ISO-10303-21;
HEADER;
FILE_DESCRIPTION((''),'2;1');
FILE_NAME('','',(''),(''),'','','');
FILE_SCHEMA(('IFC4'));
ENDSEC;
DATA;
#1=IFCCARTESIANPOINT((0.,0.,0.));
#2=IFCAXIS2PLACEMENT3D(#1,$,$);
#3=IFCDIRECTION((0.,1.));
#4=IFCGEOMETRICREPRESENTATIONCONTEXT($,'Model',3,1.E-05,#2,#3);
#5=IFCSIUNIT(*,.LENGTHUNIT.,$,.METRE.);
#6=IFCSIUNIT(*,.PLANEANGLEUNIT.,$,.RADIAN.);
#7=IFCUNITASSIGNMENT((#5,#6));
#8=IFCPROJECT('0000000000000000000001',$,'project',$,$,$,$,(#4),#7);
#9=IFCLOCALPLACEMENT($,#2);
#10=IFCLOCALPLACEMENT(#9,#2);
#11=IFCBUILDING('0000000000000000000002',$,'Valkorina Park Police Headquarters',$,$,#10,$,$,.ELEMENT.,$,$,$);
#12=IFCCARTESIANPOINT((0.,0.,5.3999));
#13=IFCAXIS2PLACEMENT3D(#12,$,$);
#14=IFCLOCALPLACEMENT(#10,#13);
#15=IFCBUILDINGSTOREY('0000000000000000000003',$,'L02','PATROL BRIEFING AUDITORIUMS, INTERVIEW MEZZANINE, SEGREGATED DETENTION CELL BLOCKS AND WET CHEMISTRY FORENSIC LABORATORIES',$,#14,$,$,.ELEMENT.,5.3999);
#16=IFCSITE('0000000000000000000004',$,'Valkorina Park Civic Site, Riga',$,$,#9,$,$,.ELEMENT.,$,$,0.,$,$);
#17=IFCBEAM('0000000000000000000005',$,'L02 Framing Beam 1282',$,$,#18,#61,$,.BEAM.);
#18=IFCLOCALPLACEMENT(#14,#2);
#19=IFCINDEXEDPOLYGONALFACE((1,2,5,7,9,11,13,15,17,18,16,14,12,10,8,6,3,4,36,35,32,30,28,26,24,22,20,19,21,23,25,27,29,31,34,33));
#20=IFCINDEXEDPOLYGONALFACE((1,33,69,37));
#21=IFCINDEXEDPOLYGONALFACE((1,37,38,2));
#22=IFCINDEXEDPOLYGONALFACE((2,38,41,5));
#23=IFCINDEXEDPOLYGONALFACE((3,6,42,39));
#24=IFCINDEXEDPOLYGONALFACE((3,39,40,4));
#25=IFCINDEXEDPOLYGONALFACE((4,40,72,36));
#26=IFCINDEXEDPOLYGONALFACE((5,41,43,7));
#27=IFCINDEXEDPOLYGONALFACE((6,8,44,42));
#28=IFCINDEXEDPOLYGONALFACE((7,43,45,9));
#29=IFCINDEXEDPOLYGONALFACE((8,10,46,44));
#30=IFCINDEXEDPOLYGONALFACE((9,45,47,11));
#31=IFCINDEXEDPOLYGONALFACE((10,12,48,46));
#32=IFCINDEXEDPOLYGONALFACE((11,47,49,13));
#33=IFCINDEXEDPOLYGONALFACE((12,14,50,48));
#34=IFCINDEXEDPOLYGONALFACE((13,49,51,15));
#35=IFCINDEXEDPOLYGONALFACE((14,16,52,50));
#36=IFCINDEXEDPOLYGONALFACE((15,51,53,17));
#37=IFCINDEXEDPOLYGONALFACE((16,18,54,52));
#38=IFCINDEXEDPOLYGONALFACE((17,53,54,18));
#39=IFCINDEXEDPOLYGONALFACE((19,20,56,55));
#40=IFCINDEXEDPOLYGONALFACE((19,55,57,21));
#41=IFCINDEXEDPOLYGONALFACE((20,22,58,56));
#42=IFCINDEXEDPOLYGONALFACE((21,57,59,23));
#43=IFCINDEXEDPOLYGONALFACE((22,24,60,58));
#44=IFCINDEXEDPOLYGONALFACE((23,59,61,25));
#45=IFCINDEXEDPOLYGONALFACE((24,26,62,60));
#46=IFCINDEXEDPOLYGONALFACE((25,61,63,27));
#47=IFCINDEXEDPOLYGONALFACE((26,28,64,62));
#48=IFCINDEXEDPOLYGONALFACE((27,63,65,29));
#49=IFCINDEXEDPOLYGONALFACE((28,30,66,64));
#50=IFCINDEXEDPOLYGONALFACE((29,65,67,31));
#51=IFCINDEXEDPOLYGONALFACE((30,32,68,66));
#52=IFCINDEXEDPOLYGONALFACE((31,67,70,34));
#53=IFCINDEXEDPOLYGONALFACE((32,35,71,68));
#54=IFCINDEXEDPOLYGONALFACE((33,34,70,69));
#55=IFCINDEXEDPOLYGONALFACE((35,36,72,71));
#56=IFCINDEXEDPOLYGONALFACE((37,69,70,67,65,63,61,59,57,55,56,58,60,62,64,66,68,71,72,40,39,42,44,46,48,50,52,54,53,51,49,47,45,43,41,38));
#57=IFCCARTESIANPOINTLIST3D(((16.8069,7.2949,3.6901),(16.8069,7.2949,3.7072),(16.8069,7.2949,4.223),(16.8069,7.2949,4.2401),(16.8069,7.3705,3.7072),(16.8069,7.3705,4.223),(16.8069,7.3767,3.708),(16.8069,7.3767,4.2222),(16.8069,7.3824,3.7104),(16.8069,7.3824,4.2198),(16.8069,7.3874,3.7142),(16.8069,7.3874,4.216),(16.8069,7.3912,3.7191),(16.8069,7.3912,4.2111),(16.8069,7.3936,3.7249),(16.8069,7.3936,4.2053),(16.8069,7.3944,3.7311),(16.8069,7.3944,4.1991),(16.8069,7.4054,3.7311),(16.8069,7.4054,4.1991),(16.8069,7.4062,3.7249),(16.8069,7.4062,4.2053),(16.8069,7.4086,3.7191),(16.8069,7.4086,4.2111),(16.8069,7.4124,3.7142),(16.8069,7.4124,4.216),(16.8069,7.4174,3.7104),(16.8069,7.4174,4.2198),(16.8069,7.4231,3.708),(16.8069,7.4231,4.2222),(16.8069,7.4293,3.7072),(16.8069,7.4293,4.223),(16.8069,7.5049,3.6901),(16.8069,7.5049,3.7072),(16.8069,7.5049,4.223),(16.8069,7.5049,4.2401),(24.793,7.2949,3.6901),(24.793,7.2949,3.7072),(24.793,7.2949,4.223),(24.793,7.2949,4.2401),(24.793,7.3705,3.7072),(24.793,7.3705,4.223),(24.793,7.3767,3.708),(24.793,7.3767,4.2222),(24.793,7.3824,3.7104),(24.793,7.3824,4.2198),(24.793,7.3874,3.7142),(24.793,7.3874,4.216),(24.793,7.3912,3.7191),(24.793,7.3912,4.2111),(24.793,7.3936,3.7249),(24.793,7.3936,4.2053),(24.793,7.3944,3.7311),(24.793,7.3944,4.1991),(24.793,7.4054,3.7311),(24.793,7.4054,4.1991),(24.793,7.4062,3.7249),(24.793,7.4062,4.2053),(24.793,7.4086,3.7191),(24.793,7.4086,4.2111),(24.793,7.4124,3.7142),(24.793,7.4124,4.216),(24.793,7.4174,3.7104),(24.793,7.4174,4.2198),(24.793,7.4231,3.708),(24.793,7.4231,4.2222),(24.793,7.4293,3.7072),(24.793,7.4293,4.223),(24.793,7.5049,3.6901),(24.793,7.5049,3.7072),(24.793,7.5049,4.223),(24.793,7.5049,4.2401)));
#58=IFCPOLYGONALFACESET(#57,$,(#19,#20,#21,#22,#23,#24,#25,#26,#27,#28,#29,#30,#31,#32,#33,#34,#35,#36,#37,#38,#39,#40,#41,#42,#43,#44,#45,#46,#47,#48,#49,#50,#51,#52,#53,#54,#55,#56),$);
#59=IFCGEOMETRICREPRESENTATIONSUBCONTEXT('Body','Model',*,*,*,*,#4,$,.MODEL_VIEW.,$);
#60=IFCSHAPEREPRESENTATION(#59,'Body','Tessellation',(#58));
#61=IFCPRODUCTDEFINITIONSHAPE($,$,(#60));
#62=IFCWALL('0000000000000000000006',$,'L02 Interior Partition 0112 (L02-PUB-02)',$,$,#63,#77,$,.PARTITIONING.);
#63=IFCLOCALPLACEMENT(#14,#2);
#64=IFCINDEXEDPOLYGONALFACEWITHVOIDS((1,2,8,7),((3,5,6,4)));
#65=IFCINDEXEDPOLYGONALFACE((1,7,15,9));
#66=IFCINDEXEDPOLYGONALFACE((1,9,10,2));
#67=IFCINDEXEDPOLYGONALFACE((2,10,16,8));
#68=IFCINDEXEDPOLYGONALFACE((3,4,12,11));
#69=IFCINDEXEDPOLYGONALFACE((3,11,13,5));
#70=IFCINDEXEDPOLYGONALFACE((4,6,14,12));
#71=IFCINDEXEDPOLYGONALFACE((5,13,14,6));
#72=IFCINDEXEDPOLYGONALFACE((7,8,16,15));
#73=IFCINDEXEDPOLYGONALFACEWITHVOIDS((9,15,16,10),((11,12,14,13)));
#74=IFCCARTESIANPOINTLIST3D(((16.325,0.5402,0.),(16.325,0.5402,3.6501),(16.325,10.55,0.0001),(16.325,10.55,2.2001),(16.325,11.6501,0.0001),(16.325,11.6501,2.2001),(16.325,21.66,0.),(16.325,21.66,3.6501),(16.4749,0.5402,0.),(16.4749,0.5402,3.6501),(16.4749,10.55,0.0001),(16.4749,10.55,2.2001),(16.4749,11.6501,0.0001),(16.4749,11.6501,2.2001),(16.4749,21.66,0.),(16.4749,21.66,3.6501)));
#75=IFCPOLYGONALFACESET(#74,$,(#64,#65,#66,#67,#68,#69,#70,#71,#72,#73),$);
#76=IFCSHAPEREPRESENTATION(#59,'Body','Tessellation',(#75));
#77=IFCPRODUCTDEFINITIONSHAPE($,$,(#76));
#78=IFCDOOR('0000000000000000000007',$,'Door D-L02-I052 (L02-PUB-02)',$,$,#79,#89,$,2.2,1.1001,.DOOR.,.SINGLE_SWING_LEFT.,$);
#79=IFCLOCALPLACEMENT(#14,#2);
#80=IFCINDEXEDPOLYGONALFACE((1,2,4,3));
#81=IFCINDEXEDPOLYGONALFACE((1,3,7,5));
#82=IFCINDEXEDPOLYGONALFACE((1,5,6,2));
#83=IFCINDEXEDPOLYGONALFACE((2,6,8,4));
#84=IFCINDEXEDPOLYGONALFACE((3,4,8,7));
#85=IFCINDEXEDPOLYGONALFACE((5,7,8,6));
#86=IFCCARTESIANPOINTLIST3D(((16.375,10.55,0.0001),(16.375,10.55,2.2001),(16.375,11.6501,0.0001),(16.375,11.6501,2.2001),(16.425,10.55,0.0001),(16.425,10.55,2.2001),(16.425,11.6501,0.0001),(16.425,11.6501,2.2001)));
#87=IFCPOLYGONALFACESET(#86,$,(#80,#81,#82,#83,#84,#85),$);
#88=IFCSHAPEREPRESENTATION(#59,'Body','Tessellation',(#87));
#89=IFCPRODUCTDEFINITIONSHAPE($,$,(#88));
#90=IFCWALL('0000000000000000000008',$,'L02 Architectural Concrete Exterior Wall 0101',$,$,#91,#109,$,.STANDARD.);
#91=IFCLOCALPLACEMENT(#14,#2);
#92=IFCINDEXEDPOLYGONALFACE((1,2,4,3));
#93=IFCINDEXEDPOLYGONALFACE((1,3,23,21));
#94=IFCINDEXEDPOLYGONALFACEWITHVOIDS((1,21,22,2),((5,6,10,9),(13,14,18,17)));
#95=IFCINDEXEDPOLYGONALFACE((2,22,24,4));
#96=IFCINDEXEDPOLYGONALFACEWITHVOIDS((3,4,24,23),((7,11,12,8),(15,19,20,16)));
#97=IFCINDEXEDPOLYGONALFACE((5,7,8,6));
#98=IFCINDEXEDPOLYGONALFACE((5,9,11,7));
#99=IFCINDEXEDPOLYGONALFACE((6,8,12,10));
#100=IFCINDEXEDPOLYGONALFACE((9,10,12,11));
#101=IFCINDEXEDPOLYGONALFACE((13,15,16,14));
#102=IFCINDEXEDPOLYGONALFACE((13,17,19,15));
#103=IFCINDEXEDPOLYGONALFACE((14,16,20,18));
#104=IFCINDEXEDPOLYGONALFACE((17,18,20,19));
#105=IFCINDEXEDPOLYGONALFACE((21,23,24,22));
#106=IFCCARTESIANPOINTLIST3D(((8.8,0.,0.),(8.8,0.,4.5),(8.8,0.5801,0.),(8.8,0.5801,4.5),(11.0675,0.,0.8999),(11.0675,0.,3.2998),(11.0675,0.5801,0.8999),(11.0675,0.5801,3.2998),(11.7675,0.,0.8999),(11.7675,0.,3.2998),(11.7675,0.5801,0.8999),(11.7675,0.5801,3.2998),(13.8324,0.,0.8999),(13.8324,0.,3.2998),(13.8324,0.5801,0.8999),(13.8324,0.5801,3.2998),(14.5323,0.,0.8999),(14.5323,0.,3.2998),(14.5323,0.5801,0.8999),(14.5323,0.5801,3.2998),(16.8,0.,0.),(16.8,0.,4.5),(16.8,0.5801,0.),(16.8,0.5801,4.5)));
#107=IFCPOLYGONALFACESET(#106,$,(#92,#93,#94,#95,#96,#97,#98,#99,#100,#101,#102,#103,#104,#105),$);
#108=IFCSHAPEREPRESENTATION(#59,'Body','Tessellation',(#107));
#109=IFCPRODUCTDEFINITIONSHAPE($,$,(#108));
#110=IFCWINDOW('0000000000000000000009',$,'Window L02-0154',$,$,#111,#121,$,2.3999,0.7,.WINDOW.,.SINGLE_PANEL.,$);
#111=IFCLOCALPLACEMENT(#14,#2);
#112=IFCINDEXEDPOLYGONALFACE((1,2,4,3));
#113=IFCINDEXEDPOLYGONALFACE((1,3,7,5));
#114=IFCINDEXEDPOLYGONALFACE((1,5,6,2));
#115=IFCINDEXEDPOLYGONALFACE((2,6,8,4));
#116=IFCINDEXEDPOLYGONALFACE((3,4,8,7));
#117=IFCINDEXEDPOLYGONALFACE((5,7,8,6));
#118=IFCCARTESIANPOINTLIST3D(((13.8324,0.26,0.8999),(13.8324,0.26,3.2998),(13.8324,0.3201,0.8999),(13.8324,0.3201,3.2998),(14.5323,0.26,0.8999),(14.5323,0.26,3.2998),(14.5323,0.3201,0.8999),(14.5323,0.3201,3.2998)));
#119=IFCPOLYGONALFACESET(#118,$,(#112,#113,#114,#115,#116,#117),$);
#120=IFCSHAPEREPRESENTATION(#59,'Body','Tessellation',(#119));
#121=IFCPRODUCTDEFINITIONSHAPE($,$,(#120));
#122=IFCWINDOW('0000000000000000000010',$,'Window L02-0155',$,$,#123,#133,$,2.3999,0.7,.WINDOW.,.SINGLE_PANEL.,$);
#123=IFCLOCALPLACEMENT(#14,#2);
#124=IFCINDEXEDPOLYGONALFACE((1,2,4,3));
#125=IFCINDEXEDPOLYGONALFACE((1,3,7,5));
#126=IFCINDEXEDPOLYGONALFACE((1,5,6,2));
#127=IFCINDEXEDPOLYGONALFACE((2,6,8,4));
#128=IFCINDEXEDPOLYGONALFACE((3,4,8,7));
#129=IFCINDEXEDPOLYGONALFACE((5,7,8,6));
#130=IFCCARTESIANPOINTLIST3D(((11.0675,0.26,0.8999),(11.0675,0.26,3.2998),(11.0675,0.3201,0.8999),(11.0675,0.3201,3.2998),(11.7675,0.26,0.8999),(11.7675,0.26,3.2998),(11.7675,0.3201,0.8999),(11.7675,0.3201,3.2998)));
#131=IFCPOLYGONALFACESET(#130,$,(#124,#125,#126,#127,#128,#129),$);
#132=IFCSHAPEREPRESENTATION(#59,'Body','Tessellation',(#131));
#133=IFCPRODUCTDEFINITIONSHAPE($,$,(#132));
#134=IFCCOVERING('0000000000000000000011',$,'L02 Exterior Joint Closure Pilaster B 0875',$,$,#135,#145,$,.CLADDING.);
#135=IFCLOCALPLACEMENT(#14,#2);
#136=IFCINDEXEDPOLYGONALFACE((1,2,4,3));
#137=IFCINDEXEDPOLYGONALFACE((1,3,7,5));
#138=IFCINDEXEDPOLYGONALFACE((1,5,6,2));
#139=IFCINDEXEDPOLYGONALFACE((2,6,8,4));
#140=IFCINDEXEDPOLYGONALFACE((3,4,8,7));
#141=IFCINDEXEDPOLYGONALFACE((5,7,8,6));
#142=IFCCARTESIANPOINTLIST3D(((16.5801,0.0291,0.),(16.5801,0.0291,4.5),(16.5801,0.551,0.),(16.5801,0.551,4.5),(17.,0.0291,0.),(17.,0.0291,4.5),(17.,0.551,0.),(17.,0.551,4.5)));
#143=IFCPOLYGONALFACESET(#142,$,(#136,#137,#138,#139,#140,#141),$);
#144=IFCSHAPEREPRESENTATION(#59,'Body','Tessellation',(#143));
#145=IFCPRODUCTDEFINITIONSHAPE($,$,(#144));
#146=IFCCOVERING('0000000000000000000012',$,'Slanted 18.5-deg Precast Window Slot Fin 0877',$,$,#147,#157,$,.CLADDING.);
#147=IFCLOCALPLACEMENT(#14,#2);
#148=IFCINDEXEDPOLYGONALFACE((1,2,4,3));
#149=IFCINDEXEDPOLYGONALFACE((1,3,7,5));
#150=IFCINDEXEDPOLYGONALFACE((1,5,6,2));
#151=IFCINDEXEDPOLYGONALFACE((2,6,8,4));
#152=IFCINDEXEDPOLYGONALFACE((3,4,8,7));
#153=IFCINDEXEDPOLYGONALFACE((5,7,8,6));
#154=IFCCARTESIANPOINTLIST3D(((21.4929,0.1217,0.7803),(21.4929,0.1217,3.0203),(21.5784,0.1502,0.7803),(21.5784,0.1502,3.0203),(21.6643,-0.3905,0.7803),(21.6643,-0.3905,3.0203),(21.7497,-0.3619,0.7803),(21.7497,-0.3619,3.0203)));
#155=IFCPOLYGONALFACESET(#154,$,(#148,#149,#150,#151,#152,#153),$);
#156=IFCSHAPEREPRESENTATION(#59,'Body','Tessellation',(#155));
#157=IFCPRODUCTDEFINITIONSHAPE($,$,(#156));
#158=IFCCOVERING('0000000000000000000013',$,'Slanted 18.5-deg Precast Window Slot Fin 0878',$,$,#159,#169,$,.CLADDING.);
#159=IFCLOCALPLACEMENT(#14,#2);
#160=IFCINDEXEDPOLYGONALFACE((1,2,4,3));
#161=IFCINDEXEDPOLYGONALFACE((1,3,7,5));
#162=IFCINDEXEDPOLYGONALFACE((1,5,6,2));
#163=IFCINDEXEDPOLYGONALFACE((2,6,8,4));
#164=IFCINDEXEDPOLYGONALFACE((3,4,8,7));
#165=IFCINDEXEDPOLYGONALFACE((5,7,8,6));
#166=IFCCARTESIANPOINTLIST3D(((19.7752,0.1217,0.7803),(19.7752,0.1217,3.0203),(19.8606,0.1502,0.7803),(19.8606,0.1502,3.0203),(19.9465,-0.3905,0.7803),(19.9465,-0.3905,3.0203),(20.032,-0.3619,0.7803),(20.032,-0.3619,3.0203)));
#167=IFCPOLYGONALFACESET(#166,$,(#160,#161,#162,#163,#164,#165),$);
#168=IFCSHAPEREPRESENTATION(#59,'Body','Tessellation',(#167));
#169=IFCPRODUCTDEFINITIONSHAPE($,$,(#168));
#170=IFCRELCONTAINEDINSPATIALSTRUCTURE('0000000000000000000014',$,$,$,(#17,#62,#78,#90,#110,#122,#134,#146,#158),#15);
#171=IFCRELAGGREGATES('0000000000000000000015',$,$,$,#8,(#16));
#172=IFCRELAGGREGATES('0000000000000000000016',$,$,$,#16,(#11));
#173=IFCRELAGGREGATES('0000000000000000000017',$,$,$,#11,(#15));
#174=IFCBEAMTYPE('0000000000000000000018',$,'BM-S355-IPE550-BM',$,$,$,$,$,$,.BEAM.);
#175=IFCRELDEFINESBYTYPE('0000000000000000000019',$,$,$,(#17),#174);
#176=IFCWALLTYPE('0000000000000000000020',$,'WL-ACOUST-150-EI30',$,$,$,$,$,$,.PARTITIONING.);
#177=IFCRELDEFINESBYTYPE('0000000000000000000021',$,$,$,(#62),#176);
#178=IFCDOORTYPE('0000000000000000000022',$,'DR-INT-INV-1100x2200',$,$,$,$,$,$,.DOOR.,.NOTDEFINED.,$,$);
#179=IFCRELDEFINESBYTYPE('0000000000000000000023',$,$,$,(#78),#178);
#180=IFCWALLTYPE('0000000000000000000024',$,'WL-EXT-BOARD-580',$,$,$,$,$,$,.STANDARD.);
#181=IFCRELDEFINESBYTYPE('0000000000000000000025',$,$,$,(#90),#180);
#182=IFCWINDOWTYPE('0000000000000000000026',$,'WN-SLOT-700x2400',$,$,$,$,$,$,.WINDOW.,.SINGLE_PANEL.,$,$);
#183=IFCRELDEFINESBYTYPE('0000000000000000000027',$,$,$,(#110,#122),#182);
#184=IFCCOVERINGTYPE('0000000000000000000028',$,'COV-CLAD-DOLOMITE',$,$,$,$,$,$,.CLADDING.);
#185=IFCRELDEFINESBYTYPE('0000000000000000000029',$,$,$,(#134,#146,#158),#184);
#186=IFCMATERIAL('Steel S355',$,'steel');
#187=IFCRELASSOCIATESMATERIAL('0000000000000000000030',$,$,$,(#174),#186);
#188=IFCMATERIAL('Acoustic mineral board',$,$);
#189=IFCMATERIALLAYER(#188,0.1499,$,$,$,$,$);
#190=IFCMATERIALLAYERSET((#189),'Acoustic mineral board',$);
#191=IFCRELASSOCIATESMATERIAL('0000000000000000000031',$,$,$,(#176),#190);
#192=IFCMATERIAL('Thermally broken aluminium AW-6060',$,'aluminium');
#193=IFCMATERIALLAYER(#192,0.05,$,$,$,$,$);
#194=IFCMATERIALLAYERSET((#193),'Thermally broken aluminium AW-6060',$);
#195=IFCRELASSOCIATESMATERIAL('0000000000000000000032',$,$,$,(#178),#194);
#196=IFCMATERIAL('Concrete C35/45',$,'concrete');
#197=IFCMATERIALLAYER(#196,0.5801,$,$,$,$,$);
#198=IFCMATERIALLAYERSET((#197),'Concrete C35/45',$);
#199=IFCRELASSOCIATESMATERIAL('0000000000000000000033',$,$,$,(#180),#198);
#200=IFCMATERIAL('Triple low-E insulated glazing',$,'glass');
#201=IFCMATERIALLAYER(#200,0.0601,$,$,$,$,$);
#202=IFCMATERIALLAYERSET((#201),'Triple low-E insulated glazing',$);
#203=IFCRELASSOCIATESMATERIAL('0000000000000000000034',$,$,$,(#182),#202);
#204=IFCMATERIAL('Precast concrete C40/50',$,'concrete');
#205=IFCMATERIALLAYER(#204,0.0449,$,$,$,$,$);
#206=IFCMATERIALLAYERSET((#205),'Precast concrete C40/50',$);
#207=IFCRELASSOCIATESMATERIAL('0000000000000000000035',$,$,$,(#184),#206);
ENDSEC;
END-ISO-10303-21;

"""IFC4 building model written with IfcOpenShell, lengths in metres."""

from ifc_helpers import new_model, si_unit, direction, frame, frame_2d, origin, origin_2d, place, context, subcontext, project, spatial, rectangle, i_section, extrude, material, layer, layer_set, material_profile, profile_set, type_object, element, fill, save


model = new_model("IFC4")

# Units and contexts
model_context = context("Model", 3, precision=1e-05, world=origin(), true_north=direction((0.0, 1.0)))
body_context = subcontext(model_context, "Body", "Model", "MODEL_VIEW")
ifc_project = project(units=[si_unit("LENGTHUNIT", "METRE"), si_unit("PLANEANGLEUNIT", "RADIAN")], contexts=[model_context])

# Site, building, storey
site_placement = place(None, origin())
site = spatial("IfcSite", under=ifc_project, at=site_placement, Name="Valkorina Park Civic Site, Riga", CompositionType="ELEMENT", RefElevation=0.0)
building_placement = place(site_placement, origin())
building = spatial("IfcBuilding", under=site, at=building_placement, Name="Valkorina Park Police Headquarters", CompositionType="ELEMENT")
storey_placement = place(building_placement, frame((0.0, 0.0, 5.3999)))
storey = spatial("IfcBuildingStorey", under=building, at=storey_placement, Name="L02", Description="PATROL BRIEFING AUDITORIUMS, INTERVIEW MEZZANINE, SEGREGATED DETENTION CELL BLOCKS AND WET CHEMISTRY FORENSIC LABORATORIES", CompositionType="ELEMENT", Elevation=5.3999)

# Shared definitions
ifc_material_1 = material(Name="Steel S355", Category="steel")

# Beam
ifc_material_profile_1 = material_profile(ifc_material_1, i_section(OverallWidth=0.21, OverallDepth=0.55, WebThickness=0.011, FlangeThickness=0.0171, FilletRadius=0.0239, at=origin_2d()), Name="IPE 550")
ifc_profile_set_1 = profile_set([ifc_material_profile_1], Name="Steel S355")
beam_type_1 = type_object("IfcBeamType", Name="BM-S355-IPE550-BM", PredefinedType="BEAM", material=ifc_profile_set_1)
beam_1_placement = place(storey_placement, frame((16.8069, 7.3999, 3.9651), z_axis=(1.0, 0.0, 0.0), x_axis=(0.0, 1.0, 0.0)))
element("IfcBeam", 1, at=beam_1_placement, inside=storey, type_object=beam_type_1, Name="L02 Framing Beam 1282", PredefinedType="BEAM", context=body_context, shape_type="SweptSolid", body=[
    extrude(i_section(OverallWidth=0.21, OverallDepth=0.55, WebThickness=0.011, FlangeThickness=0.0171, FilletRadius=0.0239, at=origin_2d()), origin(), (0.0, 0.0, 1.0), 7.9861),
])

# Wall, opening, door
ifc_material_2 = material(Name="Acoustic mineral board")
ifc_layer_1 = layer(ifc_material_2, 0.1499)
ifc_layer_set_1 = layer_set([ifc_layer_1], Name="Acoustic mineral board")
wall_type_1 = type_object("IfcWallType", Name="WL-ACOUST-150-EI30", PredefinedType="PARTITIONING", material=ifc_layer_set_1)
wall_1_placement = place(storey_placement, frame((16.3999, 0.54, 0.0), z_axis=(0.0, 0.0, 1.0), x_axis=(0.0, 1.0, 0.0)))
wall_1 = element("IfcWall", 2, at=wall_1_placement, inside=storey, type_object=wall_type_1, Name="L02 Interior Partition 0112 (L02-PUB-02)", PredefinedType="PARTITIONING", context=body_context, shape_type="SweptSolid", body=[
    extrude(rectangle(XDim=21.1199, YDim=0.1499, at=frame_2d((10.5601, 0.0))), origin(), (0.0, 0.0, 1.0), 3.6501),
])
opening_1_placement = place(wall_1_placement, frame((10.01, 0.0, 0.0)))
opening_1 = element("IfcOpeningElement", 3, at=opening_1_placement, cuts=wall_1, PredefinedType="OPENING", context=body_context, shape_type="SweptSolid", body=[
    extrude(rectangle(XDim=1.1001, YDim=2.2, at=frame_2d((0.55, 1.1001))), frame((0.0, 0.085, 0.0), z_axis=(0.0, -1.0, 0.0), x_axis=(1.0, 0.0, 0.0)), (0.0, 0.0, 1.0), 0.1699),
])
ifc_material_3 = material(Name="Thermally broken aluminium AW-6060", Category="aluminium")
ifc_layer_2 = layer(ifc_material_3, 0.05)
ifc_layer_set_2 = layer_set([ifc_layer_2], Name="Thermally broken aluminium AW-6060")
door_type = type_object("IfcDoorType", Name="DR-INT-INV-1100x2200", OperationType="NOTDEFINED", PredefinedType="DOOR", material=ifc_layer_set_2)
door_placement = place(opening_1_placement, origin())
door = element("IfcDoor", 4, at=door_placement, inside=storey, type_object=door_type, Name="Door D-L02-I052 (L02-PUB-02)", OperationType="SINGLE_SWING_LEFT", OverallHeight=2.2, OverallWidth=1.1001, PredefinedType="DOOR", context=body_context, shape_type="SweptSolid", body=[
    extrude(rectangle(XDim=1.1001, YDim=2.2, at=frame_2d((0.55, 1.1001))), frame((0.0, 0.0249, 0.0), z_axis=(0.0, -1.0, 0.0), x_axis=(1.0, 0.0, 0.0)), (0.0, 0.0, 1.0), 0.05),
])
fill(opening_1, door)

# Wall, openings, windows
ifc_material_4 = material(Name="Concrete C35/45", Category="concrete")
ifc_layer_3 = layer(ifc_material_4, 0.5801)
ifc_layer_set_3 = layer_set([ifc_layer_3], Name="Concrete C35/45")
wall_type_2 = type_object("IfcWallType", Name="WL-EXT-BOARD-580", PredefinedType="STANDARD", material=ifc_layer_set_3)
wall_2_placement = place(storey_placement, frame((16.8, 0.29, 0.0), z_axis=(0.0, 0.0, 1.0), x_axis=(-1.0, 0.0, 0.0)))
wall_2 = element("IfcWall", 5, at=wall_2_placement, inside=storey, type_object=wall_type_2, Name="L02 Architectural Concrete Exterior Wall 0101", PredefinedType="STANDARD", context=body_context, shape_type="SweptSolid", body=[
    extrude(rectangle(XDim=8.0, YDim=0.5801, at=frame_2d((4.0, 0.0))), origin(), (0.0, 0.0, 1.0), 4.5),
])
opening_2_placement = place(wall_2_placement, frame((2.2676, 0.0, 0.8999)))
opening_2 = element("IfcOpeningElement", 6, at=opening_2_placement, cuts=wall_2, PredefinedType="OPENING", context=body_context, shape_type="SweptSolid", body=[
    extrude(rectangle(XDim=0.7, YDim=2.3999, at=frame_2d((0.3501, 1.2))), frame((0.0, 0.3, 0.0), z_axis=(0.0, -1.0, 0.0), x_axis=(1.0, 0.0, 0.0)), (0.0, 0.0, 1.0), 0.6001),
])
opening_3_placement = place(wall_2_placement, frame((5.0325, 0.0, 0.8999)))
opening_3 = element("IfcOpeningElement", 7, at=opening_3_placement, cuts=wall_2, PredefinedType="OPENING", context=body_context, shape_type="SweptSolid", body=[
    extrude(rectangle(XDim=0.7, YDim=2.3999, at=frame_2d((0.3501, 1.2))), frame((0.0, 0.3, 0.0), z_axis=(0.0, -1.0, 0.0), x_axis=(1.0, 0.0, 0.0)), (0.0, 0.0, 1.0), 0.6001),
])
ifc_material_5 = material(Name="Triple low-E insulated glazing", Category="glass")
ifc_layer_4 = layer(ifc_material_5, 0.0601)
ifc_layer_set_4 = layer_set([ifc_layer_4], Name="Triple low-E insulated glazing")
window_type = type_object("IfcWindowType", Name="WN-SLOT-700x2400", PartitioningType="SINGLE_PANEL", PredefinedType="WINDOW", material=ifc_layer_set_4)
window_1_placement = place(opening_2_placement, origin())
window_1 = element("IfcWindow", 8, at=window_1_placement, inside=storey, type_object=window_type, Name="Window L02-0154", OverallHeight=2.3999, OverallWidth=0.7, PartitioningType="SINGLE_PANEL", PredefinedType="WINDOW", context=body_context, shape_type="SweptSolid", body=[
    extrude(rectangle(XDim=0.7, YDim=2.3999, at=frame_2d((0.3501, 1.2))), frame((0.0, 0.03, 0.0), z_axis=(0.0, -1.0, 0.0), x_axis=(1.0, 0.0, 0.0)), (0.0, 0.0, 1.0), 0.0601),
])
fill(opening_2, window_1)
window_2_placement = place(opening_3_placement, origin())
window_2 = element("IfcWindow", 9, at=window_2_placement, inside=storey, type_object=window_type, Name="Window L02-0155", OverallHeight=2.3999, OverallWidth=0.7, PartitioningType="SINGLE_PANEL", PredefinedType="WINDOW", context=body_context, shape_type="SweptSolid", body=[
    extrude(rectangle(XDim=0.7, YDim=2.3999, at=frame_2d((0.3501, 1.2))), frame((0.0, 0.03, 0.0), z_axis=(0.0, -1.0, 0.0), x_axis=(1.0, 0.0, 0.0)), (0.0, 0.0, 1.0), 0.0601),
])
fill(opening_3, window_2)

# Coverings
ifc_material_6 = material(Name="Precast concrete C40/50", Category="concrete")
ifc_layer_5 = layer(ifc_material_6, 0.0449)
ifc_layer_set_5 = layer_set([ifc_layer_5], Name="Precast concrete C40/50")
covering_type = type_object("IfcCoveringType", Name="COV-CLAD-DOLOMITE", PredefinedType="CLADDING", material=ifc_layer_set_5)
covering_1_placement = place(storey_placement, frame((16.79, 0.29, 0.0), z_axis=(0.0, 0.0, 1.0), x_axis=(1.0, 0.0, 0.0)))
element("IfcCovering", 10, at=covering_1_placement, inside=storey, type_object=covering_type, Name="L02 Exterior Joint Closure Pilaster B 0875", PredefinedType="CLADDING", context=body_context, shape_type="SweptSolid", body=[
    extrude(rectangle(XDim=0.4199, YDim=0.522, at=origin_2d()), origin(), (0.0, 0.0, 1.0), 4.5),
])
for number, where, z_axis, x_axis, name in (
    (11, (21.6213, -0.1201, 0.7803), (0.0, 0.0, 1.0), (0.317305, -0.948324, 0.0), "Slanted 18.5-deg Precast Window Slot Fin 0877"),
    (12, (19.9036, -0.1201, 0.7803), (0.0, 0.0, 1.0), (0.317305, -0.948324, 0.0), "Slanted 18.5-deg Precast Window Slot Fin 0878"),
):
    element("IfcCovering", number, at=place(storey_placement, frame(where, z_axis=z_axis, x_axis=x_axis)), inside=storey, type_object=covering_type, Name=name, PredefinedType="CLADDING", context=body_context, shape_type="SweptSolid", body=[
        extrude(rectangle(XDim=0.54, YDim=0.0901, at=origin_2d()), origin(), (0.0, 0.0, 1.0), 2.24),
    ])

save(model, "model.ifc")
